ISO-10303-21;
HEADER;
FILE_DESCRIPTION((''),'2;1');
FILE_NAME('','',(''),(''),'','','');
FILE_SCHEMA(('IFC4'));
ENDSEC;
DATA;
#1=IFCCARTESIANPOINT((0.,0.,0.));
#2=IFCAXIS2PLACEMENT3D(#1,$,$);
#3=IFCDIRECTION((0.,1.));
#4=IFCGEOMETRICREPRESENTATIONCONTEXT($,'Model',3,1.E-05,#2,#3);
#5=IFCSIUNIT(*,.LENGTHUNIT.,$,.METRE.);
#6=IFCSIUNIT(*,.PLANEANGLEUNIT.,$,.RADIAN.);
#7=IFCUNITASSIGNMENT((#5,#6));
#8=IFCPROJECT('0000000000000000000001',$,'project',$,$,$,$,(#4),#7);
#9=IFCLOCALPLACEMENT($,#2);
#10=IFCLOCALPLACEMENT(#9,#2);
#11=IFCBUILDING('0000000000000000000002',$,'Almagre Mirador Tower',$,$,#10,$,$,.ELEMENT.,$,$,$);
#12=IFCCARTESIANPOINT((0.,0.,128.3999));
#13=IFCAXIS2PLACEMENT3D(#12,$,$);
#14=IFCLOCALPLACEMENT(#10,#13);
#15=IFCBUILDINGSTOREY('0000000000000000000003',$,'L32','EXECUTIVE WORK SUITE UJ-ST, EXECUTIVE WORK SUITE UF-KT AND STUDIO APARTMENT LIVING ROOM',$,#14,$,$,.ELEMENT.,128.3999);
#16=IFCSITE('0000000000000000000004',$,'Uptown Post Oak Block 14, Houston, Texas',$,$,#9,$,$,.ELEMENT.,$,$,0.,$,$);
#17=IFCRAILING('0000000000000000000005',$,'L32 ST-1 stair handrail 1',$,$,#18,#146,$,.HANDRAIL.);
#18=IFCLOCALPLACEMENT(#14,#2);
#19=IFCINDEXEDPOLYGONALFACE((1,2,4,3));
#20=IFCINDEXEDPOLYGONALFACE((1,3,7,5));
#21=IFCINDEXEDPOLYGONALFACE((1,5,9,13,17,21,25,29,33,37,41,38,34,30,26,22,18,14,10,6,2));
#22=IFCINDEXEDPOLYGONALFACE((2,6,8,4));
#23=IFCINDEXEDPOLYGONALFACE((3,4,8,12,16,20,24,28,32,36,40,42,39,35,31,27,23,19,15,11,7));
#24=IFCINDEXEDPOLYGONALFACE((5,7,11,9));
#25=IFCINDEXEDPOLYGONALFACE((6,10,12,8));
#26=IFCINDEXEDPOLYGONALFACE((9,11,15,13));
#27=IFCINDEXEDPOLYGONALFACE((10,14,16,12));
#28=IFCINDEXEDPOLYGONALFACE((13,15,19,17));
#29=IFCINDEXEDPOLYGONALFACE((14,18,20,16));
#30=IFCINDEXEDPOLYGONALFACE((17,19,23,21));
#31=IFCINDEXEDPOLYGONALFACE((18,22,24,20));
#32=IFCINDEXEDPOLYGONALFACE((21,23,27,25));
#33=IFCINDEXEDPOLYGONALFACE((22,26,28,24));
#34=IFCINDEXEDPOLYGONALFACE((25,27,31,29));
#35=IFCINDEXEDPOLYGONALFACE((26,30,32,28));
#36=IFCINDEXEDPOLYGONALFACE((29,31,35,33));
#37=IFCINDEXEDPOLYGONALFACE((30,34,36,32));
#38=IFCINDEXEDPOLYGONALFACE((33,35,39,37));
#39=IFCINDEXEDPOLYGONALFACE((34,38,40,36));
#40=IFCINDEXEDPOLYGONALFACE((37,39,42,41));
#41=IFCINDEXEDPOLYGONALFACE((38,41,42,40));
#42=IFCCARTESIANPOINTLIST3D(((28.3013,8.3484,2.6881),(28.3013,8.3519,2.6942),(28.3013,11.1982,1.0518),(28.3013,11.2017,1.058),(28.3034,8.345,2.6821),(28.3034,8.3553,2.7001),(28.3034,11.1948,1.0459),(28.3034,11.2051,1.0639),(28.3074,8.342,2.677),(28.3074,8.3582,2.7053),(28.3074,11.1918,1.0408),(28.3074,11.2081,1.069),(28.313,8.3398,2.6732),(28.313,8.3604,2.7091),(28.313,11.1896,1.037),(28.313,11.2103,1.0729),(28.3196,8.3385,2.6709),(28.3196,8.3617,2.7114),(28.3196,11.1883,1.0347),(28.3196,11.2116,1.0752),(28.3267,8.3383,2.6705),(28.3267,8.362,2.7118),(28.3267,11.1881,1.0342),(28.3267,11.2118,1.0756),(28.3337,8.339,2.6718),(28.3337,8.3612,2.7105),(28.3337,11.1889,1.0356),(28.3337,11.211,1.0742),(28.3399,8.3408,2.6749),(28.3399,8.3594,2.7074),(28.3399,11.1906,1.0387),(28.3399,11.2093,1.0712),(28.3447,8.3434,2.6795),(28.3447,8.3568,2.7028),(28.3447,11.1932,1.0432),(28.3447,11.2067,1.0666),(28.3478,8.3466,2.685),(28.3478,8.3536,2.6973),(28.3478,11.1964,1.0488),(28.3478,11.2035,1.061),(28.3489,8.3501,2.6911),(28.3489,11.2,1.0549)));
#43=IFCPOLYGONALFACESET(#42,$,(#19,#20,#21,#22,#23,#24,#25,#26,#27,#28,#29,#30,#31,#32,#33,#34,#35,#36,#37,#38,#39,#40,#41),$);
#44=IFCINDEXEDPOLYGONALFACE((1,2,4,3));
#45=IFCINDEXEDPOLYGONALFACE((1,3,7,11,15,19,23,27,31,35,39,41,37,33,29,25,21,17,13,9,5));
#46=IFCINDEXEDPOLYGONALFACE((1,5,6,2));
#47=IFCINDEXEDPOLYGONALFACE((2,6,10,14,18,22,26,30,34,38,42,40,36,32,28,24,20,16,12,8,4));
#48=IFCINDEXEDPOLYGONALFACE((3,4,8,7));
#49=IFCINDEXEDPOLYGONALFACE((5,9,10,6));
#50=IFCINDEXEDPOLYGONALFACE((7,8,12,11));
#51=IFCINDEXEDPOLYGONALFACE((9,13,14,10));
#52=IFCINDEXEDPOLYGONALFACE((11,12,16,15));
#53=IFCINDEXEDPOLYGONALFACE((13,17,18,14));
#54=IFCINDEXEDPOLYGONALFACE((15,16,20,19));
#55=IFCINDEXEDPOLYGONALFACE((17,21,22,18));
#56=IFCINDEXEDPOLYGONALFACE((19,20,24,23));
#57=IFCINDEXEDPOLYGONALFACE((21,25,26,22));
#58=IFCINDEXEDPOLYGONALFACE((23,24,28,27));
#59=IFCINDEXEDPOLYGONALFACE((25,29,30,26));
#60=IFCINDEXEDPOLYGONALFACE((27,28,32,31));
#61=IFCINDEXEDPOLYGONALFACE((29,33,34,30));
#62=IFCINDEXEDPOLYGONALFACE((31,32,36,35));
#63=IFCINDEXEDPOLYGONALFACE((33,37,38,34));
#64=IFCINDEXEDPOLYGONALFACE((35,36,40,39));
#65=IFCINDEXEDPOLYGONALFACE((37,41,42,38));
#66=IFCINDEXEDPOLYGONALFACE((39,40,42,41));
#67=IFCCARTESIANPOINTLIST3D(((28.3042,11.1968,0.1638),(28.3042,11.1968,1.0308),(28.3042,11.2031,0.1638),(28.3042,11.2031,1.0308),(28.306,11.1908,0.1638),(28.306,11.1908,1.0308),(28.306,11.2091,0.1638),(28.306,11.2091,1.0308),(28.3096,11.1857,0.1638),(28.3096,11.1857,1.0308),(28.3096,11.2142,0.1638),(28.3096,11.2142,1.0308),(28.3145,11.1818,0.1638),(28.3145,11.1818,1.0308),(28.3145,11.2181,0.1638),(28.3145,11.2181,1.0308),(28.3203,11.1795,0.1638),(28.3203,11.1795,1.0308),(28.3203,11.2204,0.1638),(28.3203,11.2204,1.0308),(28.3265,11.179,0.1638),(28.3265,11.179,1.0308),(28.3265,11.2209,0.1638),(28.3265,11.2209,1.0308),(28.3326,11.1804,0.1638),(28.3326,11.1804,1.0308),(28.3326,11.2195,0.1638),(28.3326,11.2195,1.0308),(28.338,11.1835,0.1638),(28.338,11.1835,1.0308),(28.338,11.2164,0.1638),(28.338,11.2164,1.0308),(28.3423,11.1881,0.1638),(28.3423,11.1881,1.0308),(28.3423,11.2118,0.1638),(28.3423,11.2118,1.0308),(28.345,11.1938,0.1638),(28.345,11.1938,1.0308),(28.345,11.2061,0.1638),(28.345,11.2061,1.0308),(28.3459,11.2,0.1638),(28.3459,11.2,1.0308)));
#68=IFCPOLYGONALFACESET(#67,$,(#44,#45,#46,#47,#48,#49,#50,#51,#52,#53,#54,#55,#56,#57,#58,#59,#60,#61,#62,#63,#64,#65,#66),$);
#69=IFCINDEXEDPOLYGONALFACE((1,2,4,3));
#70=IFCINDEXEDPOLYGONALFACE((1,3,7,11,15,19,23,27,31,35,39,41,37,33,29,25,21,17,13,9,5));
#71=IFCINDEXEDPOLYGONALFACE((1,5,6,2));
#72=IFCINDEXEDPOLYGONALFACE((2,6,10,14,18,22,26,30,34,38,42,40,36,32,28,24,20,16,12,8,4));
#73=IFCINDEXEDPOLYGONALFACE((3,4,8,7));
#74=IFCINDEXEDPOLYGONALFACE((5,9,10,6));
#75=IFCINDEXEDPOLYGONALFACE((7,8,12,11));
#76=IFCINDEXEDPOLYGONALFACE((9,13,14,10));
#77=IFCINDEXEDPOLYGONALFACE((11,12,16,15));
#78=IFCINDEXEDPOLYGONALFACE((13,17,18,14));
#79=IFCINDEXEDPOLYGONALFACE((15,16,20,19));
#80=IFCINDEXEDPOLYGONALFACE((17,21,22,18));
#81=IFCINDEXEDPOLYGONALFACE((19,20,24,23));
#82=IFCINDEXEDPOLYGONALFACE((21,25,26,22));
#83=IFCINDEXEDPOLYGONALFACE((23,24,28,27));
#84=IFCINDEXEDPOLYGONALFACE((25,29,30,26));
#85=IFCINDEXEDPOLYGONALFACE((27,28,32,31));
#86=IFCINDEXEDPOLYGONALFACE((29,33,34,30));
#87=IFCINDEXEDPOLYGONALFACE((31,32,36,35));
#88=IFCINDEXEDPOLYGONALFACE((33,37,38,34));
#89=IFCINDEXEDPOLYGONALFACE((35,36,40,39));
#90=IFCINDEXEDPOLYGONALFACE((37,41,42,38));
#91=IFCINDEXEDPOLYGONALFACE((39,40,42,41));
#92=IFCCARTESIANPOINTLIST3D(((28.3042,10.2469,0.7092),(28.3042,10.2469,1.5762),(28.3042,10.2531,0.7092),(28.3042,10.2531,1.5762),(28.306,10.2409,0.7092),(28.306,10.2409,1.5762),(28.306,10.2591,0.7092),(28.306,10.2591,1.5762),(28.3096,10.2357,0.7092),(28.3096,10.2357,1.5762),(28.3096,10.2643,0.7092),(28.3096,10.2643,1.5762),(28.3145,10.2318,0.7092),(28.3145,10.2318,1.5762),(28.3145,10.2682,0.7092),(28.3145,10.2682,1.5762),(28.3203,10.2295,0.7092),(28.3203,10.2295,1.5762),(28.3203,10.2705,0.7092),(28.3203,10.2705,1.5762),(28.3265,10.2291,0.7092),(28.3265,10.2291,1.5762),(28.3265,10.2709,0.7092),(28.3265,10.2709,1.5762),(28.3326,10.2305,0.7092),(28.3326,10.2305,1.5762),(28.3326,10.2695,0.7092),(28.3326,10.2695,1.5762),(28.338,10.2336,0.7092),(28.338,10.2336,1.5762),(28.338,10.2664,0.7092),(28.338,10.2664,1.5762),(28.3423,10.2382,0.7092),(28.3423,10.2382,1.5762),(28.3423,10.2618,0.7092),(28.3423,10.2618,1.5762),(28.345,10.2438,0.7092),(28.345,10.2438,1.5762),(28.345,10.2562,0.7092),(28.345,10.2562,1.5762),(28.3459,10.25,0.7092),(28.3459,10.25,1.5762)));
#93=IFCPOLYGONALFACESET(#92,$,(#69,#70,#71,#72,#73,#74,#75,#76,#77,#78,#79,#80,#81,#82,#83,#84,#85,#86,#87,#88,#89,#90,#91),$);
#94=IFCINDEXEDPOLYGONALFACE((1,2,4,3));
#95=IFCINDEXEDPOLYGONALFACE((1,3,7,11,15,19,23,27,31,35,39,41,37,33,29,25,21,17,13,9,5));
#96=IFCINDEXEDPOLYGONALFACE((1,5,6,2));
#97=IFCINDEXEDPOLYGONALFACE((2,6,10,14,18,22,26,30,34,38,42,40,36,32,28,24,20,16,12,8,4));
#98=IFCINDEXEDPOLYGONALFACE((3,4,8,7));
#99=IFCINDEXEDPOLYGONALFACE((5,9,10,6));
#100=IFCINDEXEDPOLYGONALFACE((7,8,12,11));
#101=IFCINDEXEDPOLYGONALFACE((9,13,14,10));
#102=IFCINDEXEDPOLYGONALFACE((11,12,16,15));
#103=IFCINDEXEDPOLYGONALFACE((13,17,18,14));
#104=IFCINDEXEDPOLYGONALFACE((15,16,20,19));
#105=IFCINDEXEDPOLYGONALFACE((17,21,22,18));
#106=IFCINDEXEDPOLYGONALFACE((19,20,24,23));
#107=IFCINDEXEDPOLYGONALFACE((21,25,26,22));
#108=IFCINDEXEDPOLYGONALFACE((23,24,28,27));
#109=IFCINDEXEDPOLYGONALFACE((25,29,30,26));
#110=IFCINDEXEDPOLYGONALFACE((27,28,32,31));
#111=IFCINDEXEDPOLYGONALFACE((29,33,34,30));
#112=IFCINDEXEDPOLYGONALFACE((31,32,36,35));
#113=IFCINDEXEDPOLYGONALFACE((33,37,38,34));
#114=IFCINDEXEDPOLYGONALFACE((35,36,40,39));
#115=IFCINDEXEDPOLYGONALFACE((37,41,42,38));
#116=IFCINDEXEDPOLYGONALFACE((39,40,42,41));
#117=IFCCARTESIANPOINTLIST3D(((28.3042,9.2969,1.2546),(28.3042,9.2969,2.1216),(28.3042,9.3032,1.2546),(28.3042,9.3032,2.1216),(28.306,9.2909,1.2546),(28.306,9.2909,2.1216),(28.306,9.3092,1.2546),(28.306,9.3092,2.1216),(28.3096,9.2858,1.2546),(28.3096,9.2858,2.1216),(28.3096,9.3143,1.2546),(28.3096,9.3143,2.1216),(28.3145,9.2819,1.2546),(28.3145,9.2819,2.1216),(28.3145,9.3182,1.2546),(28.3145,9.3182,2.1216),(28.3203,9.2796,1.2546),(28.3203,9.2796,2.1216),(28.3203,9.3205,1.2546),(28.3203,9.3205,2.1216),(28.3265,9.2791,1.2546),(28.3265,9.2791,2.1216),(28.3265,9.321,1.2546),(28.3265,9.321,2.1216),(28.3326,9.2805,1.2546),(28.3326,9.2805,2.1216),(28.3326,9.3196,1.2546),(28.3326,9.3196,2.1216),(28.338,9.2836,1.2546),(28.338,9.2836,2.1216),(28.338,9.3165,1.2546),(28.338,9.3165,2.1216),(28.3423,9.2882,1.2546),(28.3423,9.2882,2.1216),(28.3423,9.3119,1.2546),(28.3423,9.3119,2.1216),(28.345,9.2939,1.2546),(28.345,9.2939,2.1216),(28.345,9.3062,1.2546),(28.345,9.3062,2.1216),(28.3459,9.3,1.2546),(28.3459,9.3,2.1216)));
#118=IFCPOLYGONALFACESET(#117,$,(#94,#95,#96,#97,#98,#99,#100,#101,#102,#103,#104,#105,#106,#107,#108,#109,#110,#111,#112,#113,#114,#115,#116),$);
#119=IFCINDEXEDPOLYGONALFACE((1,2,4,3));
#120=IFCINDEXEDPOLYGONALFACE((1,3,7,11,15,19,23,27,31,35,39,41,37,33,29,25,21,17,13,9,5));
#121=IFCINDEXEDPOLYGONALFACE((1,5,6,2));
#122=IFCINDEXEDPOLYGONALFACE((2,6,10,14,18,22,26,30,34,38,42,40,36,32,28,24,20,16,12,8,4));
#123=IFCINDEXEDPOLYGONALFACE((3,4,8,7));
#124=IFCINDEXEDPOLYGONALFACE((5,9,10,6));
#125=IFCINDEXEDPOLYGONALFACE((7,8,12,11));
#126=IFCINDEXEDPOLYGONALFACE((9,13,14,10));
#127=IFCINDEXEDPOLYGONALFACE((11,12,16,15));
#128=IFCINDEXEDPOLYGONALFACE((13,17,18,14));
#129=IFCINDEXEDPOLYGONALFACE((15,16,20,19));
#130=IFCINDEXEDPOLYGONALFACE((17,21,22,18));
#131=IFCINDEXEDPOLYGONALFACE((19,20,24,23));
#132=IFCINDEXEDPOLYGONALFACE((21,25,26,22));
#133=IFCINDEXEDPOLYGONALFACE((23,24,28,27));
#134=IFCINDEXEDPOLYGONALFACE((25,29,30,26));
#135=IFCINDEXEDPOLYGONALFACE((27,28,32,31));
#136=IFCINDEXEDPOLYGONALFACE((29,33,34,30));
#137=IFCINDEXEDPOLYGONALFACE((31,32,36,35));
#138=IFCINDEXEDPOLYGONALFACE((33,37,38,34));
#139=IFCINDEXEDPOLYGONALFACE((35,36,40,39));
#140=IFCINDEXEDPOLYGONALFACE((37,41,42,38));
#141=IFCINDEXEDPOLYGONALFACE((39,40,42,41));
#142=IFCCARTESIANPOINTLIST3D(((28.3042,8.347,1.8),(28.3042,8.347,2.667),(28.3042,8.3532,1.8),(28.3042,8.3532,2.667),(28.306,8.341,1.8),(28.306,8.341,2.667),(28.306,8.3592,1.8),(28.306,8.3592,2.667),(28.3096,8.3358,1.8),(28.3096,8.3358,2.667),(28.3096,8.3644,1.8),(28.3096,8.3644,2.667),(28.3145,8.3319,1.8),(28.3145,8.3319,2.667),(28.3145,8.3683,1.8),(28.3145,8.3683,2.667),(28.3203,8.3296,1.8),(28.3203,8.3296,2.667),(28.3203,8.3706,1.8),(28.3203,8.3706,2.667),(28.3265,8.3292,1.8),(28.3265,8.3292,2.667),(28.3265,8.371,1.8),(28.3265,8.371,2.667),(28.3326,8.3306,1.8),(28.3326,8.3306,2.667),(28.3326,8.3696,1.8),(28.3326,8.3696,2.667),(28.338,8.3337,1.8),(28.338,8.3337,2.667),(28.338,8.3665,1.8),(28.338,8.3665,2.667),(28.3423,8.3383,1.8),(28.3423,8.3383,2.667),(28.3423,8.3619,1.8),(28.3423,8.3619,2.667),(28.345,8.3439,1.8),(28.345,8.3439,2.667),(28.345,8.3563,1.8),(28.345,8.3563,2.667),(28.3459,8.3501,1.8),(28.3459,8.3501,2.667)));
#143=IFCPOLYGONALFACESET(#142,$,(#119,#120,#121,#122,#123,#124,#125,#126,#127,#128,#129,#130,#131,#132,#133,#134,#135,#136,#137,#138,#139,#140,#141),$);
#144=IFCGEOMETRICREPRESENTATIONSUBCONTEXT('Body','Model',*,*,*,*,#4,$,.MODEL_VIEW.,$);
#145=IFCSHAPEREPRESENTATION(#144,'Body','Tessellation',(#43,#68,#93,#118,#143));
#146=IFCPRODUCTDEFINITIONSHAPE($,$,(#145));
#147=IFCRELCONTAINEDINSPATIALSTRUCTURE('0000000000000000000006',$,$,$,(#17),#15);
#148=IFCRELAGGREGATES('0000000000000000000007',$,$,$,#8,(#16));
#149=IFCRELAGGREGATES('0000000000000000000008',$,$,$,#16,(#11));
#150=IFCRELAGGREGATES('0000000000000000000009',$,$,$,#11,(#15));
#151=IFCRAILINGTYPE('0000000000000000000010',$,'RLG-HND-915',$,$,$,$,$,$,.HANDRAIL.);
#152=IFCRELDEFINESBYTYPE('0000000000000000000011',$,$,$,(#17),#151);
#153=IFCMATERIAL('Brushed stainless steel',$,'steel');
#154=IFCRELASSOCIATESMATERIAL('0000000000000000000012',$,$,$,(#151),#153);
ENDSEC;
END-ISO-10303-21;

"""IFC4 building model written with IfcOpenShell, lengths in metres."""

from ifc_helpers import new_model, si_unit, direction, frame, origin, origin_2d, place, context, subcontext, project, spatial, circle, extrude, material, type_object, element, save


model = new_model("IFC4")

# Units and contexts
model_context = context("Model", 3, precision=1e-05, world=origin(), true_north=direction((0.0, 1.0)))
body_context = subcontext(model_context, "Body", "Model", "MODEL_VIEW")
ifc_project = project(units=[si_unit("LENGTHUNIT", "METRE"), si_unit("PLANEANGLEUNIT", "RADIAN")], contexts=[model_context])

# Site, building, storey
site_placement = place(None, origin())
site = spatial("IfcSite", under=ifc_project, at=site_placement, Name="Uptown Post Oak Block 14, Houston, Texas", CompositionType="ELEMENT", RefElevation=0.0)
building_placement = place(site_placement, origin())
building = spatial("IfcBuilding", under=site, at=building_placement, Name="Almagre Mirador Tower", CompositionType="ELEMENT")
storey_placement = place(building_placement, frame((0.0, 0.0, 128.3999)))
storey = spatial("IfcBuildingStorey", under=building, at=storey_placement, Name="L32", Description="EXECUTIVE WORK SUITE UJ-ST, EXECUTIVE WORK SUITE UF-KT AND STUDIO APARTMENT LIVING ROOM", CompositionType="ELEMENT", Elevation=128.3999)

# Railing
ifc_material_1 = material(Name="Brushed stainless steel", Category="steel")
railing_type_1 = type_object("IfcRailingType", Name="RLG-HND-915", PredefinedType="HANDRAIL", material=ifc_material_1)
railing_1_placement = place(storey_placement, frame((28.325, 11.2, 0.1638)))
element("IfcRailing", 1, at=railing_1_placement, inside=storey, type_object=railing_type_1, Name="L32 ST-1 stair handrail 1", PredefinedType="HANDRAIL", context=body_context, shape_type="SweptSolid", body=[
    extrude(circle(Radius=0.0239, at=origin_2d()), frame((0.0, 0.0, 0.8911), z_axis=(0.0, -0.867226, 0.497914), x_axis=(1.0, 0.0, 0.0)), (0.0, 0.0, 1.0), 3.2861),
    extrude(circle(Radius=0.021, at=origin_2d()), origin(), (0.0, 0.0, 1.0), 0.8669),
    extrude(circle(Radius=0.021, at=origin_2d()), frame((0.0, -0.95, 0.5454)), (0.0, 0.0, 1.0), 0.8669),
    extrude(circle(Radius=0.021, at=origin_2d()), frame((0.0, -1.8999, 1.0908)), (0.0, 0.0, 1.0), 0.8669),
    extrude(circle(Radius=0.021, at=origin_2d()), frame((0.0, -2.8499, 1.6362)), (0.0, 0.0, 1.0), 0.8669),
])

save(model, "model.ifc")
